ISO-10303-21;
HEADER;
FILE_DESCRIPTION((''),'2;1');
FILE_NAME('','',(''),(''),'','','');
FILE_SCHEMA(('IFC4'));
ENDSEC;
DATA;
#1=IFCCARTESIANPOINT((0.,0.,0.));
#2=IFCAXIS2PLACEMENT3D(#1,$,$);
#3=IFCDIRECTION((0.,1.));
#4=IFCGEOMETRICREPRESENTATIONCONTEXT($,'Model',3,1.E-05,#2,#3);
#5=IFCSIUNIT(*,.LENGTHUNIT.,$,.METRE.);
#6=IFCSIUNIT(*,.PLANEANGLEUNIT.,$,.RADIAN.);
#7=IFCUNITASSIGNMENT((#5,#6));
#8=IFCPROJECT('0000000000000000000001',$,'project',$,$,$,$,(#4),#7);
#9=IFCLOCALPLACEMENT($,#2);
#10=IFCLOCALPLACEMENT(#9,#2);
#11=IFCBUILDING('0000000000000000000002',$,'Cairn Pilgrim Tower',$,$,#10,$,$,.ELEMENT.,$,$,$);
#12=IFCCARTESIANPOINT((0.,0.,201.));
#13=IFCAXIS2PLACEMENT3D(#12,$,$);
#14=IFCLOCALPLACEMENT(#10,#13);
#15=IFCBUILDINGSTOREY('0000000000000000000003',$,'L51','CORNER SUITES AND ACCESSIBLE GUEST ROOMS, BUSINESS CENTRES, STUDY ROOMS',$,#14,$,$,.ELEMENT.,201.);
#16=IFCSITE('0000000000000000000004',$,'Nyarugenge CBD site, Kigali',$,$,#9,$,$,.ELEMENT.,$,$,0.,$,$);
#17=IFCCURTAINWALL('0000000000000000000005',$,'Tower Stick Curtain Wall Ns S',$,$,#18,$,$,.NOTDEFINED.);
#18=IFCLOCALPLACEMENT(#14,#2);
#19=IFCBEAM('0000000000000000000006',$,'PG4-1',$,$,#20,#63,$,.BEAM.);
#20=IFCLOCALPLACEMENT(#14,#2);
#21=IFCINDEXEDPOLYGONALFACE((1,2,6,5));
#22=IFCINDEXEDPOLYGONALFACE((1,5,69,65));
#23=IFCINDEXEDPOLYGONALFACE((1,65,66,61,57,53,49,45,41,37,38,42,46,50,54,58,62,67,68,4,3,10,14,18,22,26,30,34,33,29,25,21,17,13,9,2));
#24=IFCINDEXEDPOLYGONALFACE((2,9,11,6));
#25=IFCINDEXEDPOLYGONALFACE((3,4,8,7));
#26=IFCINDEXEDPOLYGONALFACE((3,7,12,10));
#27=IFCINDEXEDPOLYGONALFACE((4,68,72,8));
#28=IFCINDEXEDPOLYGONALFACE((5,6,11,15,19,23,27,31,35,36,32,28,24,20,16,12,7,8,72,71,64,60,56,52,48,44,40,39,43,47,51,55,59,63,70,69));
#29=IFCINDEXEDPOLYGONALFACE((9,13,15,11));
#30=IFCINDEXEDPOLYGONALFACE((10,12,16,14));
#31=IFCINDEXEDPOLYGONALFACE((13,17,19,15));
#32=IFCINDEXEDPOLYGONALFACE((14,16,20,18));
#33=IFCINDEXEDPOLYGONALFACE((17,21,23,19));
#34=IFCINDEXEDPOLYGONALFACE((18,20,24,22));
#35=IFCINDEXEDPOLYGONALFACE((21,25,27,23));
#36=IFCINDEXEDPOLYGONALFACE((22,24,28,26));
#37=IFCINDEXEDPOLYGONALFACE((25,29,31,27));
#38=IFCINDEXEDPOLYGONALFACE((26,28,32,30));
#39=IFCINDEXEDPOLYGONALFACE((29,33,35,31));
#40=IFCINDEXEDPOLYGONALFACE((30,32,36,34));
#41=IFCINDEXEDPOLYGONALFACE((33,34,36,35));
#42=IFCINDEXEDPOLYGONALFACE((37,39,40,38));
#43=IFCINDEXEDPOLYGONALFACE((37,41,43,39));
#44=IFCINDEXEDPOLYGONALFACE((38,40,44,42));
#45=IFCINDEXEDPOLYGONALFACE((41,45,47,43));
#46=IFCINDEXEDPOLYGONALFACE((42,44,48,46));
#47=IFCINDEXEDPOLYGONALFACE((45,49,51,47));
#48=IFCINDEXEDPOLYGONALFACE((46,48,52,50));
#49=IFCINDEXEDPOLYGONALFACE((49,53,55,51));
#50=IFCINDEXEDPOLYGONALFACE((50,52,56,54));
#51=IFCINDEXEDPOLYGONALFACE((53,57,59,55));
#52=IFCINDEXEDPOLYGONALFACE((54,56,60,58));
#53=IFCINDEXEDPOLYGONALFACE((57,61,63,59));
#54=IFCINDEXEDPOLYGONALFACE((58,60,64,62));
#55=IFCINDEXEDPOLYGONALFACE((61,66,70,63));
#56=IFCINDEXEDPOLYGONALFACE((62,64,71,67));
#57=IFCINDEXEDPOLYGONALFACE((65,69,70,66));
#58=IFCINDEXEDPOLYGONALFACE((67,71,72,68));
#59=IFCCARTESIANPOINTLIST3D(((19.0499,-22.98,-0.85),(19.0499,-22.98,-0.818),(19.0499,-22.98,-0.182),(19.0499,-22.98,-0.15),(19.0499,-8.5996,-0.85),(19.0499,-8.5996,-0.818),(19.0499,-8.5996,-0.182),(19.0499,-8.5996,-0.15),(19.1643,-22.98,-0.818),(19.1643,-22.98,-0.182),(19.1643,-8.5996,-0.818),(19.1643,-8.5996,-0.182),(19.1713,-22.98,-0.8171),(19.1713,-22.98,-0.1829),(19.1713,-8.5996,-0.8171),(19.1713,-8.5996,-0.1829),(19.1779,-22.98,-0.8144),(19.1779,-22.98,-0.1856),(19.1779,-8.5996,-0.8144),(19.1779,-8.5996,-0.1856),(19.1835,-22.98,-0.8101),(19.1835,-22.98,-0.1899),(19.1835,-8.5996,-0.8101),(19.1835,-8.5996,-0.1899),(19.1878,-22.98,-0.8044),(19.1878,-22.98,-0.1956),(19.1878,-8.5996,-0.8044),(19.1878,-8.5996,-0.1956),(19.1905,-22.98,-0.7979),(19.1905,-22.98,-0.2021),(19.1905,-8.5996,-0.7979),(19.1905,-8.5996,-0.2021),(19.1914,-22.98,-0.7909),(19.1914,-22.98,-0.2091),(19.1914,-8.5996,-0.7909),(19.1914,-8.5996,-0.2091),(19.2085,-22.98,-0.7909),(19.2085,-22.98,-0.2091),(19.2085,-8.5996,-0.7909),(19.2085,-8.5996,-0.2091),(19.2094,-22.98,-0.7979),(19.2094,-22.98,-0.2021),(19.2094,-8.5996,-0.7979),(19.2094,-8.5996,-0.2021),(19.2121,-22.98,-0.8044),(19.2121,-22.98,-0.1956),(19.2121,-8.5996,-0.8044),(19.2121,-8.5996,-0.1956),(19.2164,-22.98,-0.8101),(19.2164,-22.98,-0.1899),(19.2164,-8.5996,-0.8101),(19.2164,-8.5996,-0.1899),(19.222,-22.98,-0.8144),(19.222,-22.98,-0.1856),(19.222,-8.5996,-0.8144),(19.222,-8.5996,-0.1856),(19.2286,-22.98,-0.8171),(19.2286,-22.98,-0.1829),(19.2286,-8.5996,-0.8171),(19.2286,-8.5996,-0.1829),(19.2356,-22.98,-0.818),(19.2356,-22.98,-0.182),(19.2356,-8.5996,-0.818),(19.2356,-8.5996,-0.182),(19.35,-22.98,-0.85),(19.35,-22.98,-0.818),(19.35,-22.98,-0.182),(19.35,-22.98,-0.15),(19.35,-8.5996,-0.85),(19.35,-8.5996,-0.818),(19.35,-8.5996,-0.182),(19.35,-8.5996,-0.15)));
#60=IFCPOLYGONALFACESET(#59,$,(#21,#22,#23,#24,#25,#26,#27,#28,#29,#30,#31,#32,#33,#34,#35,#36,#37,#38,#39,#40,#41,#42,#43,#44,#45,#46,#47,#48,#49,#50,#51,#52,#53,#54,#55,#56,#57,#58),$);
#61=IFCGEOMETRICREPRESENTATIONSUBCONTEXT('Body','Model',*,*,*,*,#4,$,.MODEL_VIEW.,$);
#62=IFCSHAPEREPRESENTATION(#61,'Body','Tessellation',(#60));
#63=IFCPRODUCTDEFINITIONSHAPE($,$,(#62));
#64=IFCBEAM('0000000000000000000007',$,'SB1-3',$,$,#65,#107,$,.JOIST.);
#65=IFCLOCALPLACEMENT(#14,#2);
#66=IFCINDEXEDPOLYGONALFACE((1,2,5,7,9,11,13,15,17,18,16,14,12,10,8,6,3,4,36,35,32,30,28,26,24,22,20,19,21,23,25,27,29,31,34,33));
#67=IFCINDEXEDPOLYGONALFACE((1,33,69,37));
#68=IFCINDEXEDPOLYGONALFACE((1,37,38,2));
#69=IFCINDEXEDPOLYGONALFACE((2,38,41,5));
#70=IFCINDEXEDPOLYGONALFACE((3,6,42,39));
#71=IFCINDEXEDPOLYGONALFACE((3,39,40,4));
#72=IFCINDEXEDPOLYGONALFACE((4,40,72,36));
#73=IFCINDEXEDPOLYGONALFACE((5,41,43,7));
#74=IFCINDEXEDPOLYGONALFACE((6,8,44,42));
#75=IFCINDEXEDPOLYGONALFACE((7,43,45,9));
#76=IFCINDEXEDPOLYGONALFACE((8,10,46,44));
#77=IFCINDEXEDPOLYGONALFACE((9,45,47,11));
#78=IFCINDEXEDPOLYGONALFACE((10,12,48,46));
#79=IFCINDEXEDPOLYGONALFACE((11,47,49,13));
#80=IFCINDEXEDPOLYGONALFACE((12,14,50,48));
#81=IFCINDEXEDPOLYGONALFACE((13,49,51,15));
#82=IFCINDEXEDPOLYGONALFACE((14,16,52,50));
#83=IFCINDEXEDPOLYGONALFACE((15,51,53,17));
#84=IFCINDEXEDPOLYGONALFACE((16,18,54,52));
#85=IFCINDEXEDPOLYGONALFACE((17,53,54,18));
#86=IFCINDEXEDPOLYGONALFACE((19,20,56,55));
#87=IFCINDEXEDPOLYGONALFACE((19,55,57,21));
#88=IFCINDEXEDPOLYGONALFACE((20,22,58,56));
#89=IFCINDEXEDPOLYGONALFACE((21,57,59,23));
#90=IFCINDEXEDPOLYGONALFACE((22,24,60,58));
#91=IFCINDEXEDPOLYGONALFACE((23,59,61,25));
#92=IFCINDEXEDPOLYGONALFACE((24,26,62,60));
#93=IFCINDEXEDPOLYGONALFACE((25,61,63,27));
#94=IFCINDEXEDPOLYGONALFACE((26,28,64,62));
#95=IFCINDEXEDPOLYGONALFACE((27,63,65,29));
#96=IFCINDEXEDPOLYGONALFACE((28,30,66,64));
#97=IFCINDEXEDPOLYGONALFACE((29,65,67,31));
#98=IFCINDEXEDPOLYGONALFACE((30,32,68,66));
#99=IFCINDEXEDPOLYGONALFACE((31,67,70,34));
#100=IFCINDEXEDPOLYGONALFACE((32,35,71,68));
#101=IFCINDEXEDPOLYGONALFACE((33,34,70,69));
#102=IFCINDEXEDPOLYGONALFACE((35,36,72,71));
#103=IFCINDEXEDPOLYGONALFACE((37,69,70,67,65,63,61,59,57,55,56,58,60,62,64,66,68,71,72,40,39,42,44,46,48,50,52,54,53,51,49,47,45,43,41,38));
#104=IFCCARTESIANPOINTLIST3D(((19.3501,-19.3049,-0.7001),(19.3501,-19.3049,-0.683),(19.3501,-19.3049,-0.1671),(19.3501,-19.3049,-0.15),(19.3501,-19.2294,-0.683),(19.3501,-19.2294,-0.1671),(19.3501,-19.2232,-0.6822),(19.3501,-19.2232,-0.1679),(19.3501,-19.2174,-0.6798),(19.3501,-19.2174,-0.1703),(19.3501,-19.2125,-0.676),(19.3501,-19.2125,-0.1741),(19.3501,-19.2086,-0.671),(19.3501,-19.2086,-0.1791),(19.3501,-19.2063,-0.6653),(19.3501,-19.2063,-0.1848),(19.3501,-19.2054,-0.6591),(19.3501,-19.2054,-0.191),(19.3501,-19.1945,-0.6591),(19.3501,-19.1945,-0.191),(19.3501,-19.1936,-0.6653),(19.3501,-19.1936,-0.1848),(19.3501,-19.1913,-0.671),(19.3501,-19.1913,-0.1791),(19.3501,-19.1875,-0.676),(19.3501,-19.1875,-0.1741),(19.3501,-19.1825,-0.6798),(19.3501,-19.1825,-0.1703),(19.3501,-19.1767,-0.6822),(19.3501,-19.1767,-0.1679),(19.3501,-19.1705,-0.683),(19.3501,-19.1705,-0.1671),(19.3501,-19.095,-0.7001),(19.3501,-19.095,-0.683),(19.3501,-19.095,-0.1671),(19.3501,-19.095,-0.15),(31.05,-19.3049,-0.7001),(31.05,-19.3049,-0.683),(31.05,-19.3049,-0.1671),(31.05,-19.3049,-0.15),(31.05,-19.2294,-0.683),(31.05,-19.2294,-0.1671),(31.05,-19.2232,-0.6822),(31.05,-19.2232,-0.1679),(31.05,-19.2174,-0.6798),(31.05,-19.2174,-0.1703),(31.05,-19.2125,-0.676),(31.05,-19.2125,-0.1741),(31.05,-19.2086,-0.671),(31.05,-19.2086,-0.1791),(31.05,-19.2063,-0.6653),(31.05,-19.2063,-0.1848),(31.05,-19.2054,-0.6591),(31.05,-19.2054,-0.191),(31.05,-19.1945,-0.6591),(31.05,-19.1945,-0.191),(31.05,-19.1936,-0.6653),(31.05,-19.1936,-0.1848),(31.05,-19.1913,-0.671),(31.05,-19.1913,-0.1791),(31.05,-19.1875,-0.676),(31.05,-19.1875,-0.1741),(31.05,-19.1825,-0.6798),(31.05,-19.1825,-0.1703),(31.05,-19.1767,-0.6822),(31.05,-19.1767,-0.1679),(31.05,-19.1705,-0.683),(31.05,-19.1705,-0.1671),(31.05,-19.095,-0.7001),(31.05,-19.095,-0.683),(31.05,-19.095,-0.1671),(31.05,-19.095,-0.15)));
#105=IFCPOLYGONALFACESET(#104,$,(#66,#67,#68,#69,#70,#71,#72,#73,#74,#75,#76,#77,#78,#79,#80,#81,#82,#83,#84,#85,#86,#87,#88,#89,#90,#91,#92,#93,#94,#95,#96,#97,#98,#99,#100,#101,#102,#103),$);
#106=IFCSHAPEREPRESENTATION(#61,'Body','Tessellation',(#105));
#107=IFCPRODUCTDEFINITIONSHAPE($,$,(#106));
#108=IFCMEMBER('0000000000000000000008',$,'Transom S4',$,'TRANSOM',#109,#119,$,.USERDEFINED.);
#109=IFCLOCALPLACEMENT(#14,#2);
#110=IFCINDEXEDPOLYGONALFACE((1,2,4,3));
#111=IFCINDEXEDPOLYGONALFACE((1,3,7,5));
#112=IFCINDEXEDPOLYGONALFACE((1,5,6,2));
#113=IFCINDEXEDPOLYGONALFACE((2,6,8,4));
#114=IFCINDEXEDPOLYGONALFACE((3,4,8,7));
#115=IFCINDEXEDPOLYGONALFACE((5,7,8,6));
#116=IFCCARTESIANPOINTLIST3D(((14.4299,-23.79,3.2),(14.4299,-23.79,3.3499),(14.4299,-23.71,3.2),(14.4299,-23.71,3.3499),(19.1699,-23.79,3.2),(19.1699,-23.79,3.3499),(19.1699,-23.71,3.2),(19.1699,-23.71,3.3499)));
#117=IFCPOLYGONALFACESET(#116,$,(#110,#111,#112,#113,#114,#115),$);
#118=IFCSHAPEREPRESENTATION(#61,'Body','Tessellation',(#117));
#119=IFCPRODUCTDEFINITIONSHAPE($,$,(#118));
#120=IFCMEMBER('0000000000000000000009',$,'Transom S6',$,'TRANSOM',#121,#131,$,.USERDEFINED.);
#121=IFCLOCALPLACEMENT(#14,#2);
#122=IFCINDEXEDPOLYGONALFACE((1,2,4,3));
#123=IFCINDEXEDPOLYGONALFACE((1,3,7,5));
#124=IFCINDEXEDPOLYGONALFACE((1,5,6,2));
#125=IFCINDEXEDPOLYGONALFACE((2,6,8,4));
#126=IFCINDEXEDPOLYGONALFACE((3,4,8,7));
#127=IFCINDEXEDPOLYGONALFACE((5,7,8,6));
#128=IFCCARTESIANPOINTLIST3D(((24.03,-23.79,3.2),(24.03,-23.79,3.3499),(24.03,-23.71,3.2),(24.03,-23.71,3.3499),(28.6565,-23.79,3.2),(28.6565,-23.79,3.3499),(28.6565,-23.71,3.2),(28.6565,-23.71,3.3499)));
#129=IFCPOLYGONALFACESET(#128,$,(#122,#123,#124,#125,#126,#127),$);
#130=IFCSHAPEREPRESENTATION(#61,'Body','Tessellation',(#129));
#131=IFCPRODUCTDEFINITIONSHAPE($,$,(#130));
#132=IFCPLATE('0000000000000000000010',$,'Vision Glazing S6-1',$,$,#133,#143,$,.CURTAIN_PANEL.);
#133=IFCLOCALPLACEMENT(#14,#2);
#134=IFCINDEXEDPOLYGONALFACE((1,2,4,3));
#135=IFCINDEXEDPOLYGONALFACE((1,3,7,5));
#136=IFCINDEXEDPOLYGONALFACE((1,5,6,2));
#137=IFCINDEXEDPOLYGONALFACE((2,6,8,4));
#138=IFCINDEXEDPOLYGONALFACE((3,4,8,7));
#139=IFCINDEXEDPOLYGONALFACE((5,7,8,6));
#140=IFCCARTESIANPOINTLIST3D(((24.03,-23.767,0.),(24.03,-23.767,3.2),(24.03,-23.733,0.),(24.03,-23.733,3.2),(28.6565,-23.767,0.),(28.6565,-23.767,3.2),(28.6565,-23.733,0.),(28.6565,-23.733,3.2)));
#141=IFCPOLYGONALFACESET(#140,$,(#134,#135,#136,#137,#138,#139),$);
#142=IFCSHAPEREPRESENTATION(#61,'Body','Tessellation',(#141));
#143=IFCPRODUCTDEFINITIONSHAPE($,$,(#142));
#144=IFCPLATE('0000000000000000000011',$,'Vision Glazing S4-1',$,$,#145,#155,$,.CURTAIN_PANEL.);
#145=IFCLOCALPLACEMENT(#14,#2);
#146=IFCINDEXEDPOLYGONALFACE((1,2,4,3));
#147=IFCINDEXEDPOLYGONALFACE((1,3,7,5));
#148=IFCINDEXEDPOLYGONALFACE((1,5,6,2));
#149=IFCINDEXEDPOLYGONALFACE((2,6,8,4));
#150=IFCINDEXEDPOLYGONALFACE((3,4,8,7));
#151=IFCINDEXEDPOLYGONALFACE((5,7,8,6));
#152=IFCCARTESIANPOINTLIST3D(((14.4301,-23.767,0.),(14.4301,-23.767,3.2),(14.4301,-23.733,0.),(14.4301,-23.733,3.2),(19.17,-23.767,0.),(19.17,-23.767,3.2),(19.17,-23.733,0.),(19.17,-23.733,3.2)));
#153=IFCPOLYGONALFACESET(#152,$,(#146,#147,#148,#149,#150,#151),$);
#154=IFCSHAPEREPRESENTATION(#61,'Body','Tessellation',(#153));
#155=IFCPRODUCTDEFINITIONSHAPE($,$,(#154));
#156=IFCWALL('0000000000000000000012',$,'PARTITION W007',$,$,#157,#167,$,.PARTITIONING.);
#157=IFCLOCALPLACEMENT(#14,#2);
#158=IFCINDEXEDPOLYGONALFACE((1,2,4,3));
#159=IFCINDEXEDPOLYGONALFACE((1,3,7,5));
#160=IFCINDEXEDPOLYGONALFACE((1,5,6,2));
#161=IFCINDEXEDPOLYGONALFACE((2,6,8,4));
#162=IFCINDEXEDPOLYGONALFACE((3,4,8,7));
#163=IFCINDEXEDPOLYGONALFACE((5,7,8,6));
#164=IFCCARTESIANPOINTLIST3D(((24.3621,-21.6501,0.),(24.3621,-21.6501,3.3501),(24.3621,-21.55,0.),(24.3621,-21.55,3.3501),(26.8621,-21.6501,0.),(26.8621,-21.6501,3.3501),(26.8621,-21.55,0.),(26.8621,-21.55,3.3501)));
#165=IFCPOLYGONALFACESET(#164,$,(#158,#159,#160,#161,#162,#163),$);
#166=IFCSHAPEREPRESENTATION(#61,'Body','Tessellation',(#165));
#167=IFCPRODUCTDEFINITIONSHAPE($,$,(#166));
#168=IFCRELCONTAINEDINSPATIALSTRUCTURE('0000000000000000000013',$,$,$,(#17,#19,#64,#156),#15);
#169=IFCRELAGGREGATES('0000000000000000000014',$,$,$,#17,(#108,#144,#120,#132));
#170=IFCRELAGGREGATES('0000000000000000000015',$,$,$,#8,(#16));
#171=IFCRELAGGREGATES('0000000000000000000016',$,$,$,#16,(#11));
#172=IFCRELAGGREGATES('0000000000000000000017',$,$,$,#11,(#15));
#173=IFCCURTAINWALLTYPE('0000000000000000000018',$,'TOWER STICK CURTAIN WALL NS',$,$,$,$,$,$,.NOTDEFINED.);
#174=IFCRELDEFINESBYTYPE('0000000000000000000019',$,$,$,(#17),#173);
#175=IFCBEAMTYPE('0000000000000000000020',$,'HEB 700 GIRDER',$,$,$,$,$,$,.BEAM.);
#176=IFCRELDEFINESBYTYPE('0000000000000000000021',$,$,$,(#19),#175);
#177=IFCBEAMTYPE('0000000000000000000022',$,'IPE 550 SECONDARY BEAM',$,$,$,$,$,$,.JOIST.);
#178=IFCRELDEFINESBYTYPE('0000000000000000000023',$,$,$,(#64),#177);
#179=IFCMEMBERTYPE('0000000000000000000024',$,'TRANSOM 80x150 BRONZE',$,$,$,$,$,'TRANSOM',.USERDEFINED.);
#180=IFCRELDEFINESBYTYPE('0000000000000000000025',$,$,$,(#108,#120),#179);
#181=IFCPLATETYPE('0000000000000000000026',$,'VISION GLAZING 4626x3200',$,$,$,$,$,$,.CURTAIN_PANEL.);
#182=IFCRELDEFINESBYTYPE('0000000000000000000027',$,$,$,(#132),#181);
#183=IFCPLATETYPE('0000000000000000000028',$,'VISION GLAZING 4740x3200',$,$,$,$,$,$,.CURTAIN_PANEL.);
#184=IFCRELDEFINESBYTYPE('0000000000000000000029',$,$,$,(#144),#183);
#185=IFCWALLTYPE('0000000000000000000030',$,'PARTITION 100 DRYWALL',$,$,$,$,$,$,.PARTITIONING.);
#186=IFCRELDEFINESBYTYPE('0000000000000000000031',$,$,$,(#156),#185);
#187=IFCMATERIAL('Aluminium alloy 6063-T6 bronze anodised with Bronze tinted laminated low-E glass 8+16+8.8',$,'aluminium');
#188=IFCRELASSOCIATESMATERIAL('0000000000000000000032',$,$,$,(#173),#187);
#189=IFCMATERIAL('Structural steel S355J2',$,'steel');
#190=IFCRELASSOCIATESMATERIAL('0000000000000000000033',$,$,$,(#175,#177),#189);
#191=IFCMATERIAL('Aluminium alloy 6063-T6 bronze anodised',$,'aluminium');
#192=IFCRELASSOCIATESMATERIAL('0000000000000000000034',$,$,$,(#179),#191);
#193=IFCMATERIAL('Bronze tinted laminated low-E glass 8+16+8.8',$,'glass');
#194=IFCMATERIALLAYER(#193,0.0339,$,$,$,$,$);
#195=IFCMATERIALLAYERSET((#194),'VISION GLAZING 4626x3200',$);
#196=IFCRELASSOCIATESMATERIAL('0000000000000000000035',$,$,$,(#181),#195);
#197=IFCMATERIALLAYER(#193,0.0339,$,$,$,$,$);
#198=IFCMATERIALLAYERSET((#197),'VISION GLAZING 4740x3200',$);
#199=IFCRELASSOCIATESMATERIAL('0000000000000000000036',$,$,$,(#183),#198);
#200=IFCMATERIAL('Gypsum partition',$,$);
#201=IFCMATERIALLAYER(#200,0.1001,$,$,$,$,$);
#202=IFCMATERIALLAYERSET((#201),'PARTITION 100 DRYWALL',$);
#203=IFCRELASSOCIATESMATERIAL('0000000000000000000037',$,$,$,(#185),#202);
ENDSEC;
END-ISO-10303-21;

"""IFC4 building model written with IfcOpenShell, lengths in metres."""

from ifc_helpers import new_model, si_unit, direction, frame, frame_2d, origin, origin_2d, place, context, subcontext, project, spatial, rectangle, i_section, extrude, material, layer, layer_set, material_profile, profile_set, type_object, element, aggregate, save


model = new_model("IFC4")

# Units and contexts
model_context = context("Model", 3, precision=1e-05, world=origin(), true_north=direction((0.0, 1.0)))
body_context = subcontext(model_context, "Body", "Model", "MODEL_VIEW")
ifc_project = project(units=[si_unit("LENGTHUNIT", "METRE"), si_unit("PLANEANGLEUNIT", "RADIAN")], contexts=[model_context])

# Site, building, storey
site_placement = place(None, origin())
site = spatial("IfcSite", under=ifc_project, at=site_placement, Name="Nyarugenge CBD site, Kigali", CompositionType="ELEMENT", RefElevation=0.0)
building_placement = place(site_placement, origin())
building = spatial("IfcBuilding", under=site, at=building_placement, Name="Cairn Pilgrim Tower", CompositionType="ELEMENT")
storey_placement = place(building_placement, frame((0.0, 0.0, 201.0)))
storey = spatial("IfcBuildingStorey", under=building, at=storey_placement, Name="L51", Description="CORNER SUITES AND ACCESSIBLE GUEST ROOMS, BUSINESS CENTRES, STUDY ROOMS", CompositionType="ELEMENT", Elevation=201.0)

# Curtain wall
ifc_material_1 = material(Name="Aluminium alloy 6063-T6 bronze anodised with Bronze tinted laminated low-E glass 8+16+8.8", Category="aluminium")
curtain_wall_type_1 = type_object("IfcCurtainWallType", Name="TOWER STICK CURTAIN WALL NS", PredefinedType="NOTDEFINED", material=ifc_material_1)
curtain_wall_1_placement = place(storey_placement, origin())
curtain_wall_1 = element("IfcCurtainWall", 1, at=curtain_wall_1_placement, inside=storey, type_object=curtain_wall_type_1, Name="Tower Stick Curtain Wall Ns S", PredefinedType="NOTDEFINED")
ifc_material_2 = material(Name="Aluminium alloy 6063-T6 bronze anodised", Category="aluminium")

# Beams
ifc_material_3 = material(Name="Structural steel S355J2", Category="steel")
ifc_material_profile_1 = material_profile(ifc_material_3, i_section(OverallWidth=0.3, OverallDepth=0.7, WebThickness=0.0171, FlangeThickness=0.032, FilletRadius=0.0271, at=origin_2d()), Name="HEB 700")
ifc_profile_set_1 = profile_set([ifc_material_profile_1], Name="Structural steel S355J2")
beam_type_1 = type_object("IfcBeamType", Name="HEB 700 GIRDER", PredefinedType="BEAM", material=ifc_profile_set_1)
beam_1_placement = place(storey_placement, frame((19.2, -22.98, -0.5), z_axis=(0.0, 1.0, 0.0), x_axis=(-1.0, 0.0, 0.0)))
element("IfcBeam", 2, at=beam_1_placement, inside=storey, type_object=beam_type_1, Name="PG4-1", PredefinedType="BEAM", context=body_context, shape_type="SweptSolid", body=[
    extrude(i_section(OverallWidth=0.3, OverallDepth=0.7, WebThickness=0.0171, FlangeThickness=0.032, FilletRadius=0.0271, at=origin_2d()), origin(), (0.0, 0.0, 1.0), 14.3804),
])
ifc_material_profile_2 = material_profile(ifc_material_3, i_section(OverallWidth=0.21, OverallDepth=0.55, WebThickness=0.011, FlangeThickness=0.0171, FilletRadius=0.0239, at=origin_2d()), Name="IPE 550")
ifc_profile_set_2 = profile_set([ifc_material_profile_2], Name="Structural steel S355J2")
beam_type_2 = type_object("IfcBeamType", Name="IPE 550 SECONDARY BEAM", PredefinedType="JOIST", material=ifc_profile_set_2)
beam_2_placement = place(storey_placement, frame((19.3501, -19.2, -0.425), z_axis=(1.0, 0.0, 0.0), x_axis=(0.0, 1.0, 0.0)))
element("IfcBeam", 3, at=beam_2_placement, inside=storey, type_object=beam_type_2, Name="SB1-3", PredefinedType="JOIST", context=body_context, shape_type="SweptSolid", body=[
    extrude(i_section(OverallWidth=0.21, OverallDepth=0.55, WebThickness=0.011, FlangeThickness=0.0171, FilletRadius=0.0239, at=origin_2d()), origin(), (0.0, 0.0, 1.0), 11.7),
])

# Members
ifc_material_profile_3 = material_profile(ifc_material_2, rectangle(XDim=0.0801, YDim=0.1499, at=origin_2d()), Name="TRANSOM 80x150 BRONZE")
ifc_profile_set_3 = profile_set([ifc_material_profile_3], Name="Aluminium alloy 6063-T6 bronze anodised")
member_type_1 = type_object("IfcMemberType", Name="TRANSOM 80x150 BRONZE", ElementType="TRANSOM", PredefinedType="USERDEFINED", material=ifc_profile_set_3)
member_1_placement = place(storey_placement, frame((14.4299, -23.75, 3.2749), z_axis=(1.0, 0.0, 0.0), x_axis=(0.0, 1.0, 0.0)))
member_1 = element("IfcMember", 4, at=member_1_placement, type_object=member_type_1, Name="Transom S4", ObjectType="TRANSOM", PredefinedType="USERDEFINED", context=body_context, shape_type="SweptSolid", body=[
    extrude(rectangle(XDim=0.0801, YDim=0.1499, at=origin_2d()), origin(), (0.0, 0.0, 1.0), 4.74),
])
member_2_placement = place(storey_placement, frame((24.03, -23.75, 3.2749), z_axis=(1.0, 0.0, 0.0), x_axis=(0.0, 1.0, 0.0)))
member_2 = element("IfcMember", 5, at=member_2_placement, type_object=member_type_1, Name="Transom S6", ObjectType="TRANSOM", PredefinedType="USERDEFINED", context=body_context, shape_type="SweptSolid", body=[
    extrude(rectangle(XDim=0.0801, YDim=0.1499, at=origin_2d()), origin(), (0.0, 0.0, 1.0), 4.6265),
])

# Plates
ifc_material_4 = material(Name="Bronze tinted laminated low-E glass 8+16+8.8", Category="glass")
ifc_layer_1 = layer(ifc_material_4, 0.0339)
ifc_layer_set_1 = layer_set([ifc_layer_1], Name="VISION GLAZING 4626x3200")
plate_type_1 = type_object("IfcPlateType", Name="VISION GLAZING 4626x3200", PredefinedType="CURTAIN_PANEL", material=ifc_layer_set_1)
plate_1_placement = place(storey_placement, frame((26.3433, -23.75, 0.0), z_axis=(0.0, 0.0, 1.0), x_axis=(1.0, 0.0, 0.0)))
plate_1 = element("IfcPlate", 6, at=plate_1_placement, type_object=plate_type_1, Name="Vision Glazing S6-1", PredefinedType="CURTAIN_PANEL", context=body_context, shape_type="SweptSolid", body=[
    extrude(rectangle(XDim=4.6265, YDim=0.0339, at=origin_2d()), origin(), (0.0, 0.0, 1.0), 3.2),
])
ifc_layer_2 = layer(ifc_material_4, 0.0339)
ifc_layer_set_2 = layer_set([ifc_layer_2], Name="VISION GLAZING 4740x3200")
plate_type_2 = type_object("IfcPlateType", Name="VISION GLAZING 4740x3200", PredefinedType="CURTAIN_PANEL", material=ifc_layer_set_2)
plate_2_placement = place(storey_placement, frame((16.8, -23.75, 0.0), z_axis=(0.0, 0.0, 1.0), x_axis=(1.0, 0.0, 0.0)))
plate_2 = element("IfcPlate", 7, at=plate_2_placement, type_object=plate_type_2, Name="Vision Glazing S4-1", PredefinedType="CURTAIN_PANEL", context=body_context, shape_type="SweptSolid", body=[
    extrude(rectangle(XDim=4.74, YDim=0.0339, at=origin_2d()), origin(), (0.0, 0.0, 1.0), 3.2),
])
aggregate(curtain_wall_1, [member_1, plate_2, member_2, plate_1])

# Wall
ifc_material_5 = material(Name="Gypsum partition")
ifc_layer_3 = layer(ifc_material_5, 0.1001)
ifc_layer_set_3 = layer_set([ifc_layer_3], Name="PARTITION 100 DRYWALL")
wall_type_1 = type_object("IfcWallType", Name="PARTITION 100 DRYWALL", PredefinedType="PARTITIONING", material=ifc_layer_set_3)
wall_1_placement = place(storey_placement, frame((24.3621, -21.6001, 0.0), z_axis=(0.0, 0.0, 1.0), x_axis=(1.0, 0.0, 0.0)))
element("IfcWall", 8, at=wall_1_placement, inside=storey, type_object=wall_type_1, Name="PARTITION W007", PredefinedType="PARTITIONING", context=body_context, shape_type="SweptSolid", body=[
    extrude(rectangle(XDim=2.5, YDim=0.1001, at=frame_2d((1.25, 0.0))), origin(), (0.0, 0.0, 1.0), 3.3501),
])

save(model, "model.ifc")
